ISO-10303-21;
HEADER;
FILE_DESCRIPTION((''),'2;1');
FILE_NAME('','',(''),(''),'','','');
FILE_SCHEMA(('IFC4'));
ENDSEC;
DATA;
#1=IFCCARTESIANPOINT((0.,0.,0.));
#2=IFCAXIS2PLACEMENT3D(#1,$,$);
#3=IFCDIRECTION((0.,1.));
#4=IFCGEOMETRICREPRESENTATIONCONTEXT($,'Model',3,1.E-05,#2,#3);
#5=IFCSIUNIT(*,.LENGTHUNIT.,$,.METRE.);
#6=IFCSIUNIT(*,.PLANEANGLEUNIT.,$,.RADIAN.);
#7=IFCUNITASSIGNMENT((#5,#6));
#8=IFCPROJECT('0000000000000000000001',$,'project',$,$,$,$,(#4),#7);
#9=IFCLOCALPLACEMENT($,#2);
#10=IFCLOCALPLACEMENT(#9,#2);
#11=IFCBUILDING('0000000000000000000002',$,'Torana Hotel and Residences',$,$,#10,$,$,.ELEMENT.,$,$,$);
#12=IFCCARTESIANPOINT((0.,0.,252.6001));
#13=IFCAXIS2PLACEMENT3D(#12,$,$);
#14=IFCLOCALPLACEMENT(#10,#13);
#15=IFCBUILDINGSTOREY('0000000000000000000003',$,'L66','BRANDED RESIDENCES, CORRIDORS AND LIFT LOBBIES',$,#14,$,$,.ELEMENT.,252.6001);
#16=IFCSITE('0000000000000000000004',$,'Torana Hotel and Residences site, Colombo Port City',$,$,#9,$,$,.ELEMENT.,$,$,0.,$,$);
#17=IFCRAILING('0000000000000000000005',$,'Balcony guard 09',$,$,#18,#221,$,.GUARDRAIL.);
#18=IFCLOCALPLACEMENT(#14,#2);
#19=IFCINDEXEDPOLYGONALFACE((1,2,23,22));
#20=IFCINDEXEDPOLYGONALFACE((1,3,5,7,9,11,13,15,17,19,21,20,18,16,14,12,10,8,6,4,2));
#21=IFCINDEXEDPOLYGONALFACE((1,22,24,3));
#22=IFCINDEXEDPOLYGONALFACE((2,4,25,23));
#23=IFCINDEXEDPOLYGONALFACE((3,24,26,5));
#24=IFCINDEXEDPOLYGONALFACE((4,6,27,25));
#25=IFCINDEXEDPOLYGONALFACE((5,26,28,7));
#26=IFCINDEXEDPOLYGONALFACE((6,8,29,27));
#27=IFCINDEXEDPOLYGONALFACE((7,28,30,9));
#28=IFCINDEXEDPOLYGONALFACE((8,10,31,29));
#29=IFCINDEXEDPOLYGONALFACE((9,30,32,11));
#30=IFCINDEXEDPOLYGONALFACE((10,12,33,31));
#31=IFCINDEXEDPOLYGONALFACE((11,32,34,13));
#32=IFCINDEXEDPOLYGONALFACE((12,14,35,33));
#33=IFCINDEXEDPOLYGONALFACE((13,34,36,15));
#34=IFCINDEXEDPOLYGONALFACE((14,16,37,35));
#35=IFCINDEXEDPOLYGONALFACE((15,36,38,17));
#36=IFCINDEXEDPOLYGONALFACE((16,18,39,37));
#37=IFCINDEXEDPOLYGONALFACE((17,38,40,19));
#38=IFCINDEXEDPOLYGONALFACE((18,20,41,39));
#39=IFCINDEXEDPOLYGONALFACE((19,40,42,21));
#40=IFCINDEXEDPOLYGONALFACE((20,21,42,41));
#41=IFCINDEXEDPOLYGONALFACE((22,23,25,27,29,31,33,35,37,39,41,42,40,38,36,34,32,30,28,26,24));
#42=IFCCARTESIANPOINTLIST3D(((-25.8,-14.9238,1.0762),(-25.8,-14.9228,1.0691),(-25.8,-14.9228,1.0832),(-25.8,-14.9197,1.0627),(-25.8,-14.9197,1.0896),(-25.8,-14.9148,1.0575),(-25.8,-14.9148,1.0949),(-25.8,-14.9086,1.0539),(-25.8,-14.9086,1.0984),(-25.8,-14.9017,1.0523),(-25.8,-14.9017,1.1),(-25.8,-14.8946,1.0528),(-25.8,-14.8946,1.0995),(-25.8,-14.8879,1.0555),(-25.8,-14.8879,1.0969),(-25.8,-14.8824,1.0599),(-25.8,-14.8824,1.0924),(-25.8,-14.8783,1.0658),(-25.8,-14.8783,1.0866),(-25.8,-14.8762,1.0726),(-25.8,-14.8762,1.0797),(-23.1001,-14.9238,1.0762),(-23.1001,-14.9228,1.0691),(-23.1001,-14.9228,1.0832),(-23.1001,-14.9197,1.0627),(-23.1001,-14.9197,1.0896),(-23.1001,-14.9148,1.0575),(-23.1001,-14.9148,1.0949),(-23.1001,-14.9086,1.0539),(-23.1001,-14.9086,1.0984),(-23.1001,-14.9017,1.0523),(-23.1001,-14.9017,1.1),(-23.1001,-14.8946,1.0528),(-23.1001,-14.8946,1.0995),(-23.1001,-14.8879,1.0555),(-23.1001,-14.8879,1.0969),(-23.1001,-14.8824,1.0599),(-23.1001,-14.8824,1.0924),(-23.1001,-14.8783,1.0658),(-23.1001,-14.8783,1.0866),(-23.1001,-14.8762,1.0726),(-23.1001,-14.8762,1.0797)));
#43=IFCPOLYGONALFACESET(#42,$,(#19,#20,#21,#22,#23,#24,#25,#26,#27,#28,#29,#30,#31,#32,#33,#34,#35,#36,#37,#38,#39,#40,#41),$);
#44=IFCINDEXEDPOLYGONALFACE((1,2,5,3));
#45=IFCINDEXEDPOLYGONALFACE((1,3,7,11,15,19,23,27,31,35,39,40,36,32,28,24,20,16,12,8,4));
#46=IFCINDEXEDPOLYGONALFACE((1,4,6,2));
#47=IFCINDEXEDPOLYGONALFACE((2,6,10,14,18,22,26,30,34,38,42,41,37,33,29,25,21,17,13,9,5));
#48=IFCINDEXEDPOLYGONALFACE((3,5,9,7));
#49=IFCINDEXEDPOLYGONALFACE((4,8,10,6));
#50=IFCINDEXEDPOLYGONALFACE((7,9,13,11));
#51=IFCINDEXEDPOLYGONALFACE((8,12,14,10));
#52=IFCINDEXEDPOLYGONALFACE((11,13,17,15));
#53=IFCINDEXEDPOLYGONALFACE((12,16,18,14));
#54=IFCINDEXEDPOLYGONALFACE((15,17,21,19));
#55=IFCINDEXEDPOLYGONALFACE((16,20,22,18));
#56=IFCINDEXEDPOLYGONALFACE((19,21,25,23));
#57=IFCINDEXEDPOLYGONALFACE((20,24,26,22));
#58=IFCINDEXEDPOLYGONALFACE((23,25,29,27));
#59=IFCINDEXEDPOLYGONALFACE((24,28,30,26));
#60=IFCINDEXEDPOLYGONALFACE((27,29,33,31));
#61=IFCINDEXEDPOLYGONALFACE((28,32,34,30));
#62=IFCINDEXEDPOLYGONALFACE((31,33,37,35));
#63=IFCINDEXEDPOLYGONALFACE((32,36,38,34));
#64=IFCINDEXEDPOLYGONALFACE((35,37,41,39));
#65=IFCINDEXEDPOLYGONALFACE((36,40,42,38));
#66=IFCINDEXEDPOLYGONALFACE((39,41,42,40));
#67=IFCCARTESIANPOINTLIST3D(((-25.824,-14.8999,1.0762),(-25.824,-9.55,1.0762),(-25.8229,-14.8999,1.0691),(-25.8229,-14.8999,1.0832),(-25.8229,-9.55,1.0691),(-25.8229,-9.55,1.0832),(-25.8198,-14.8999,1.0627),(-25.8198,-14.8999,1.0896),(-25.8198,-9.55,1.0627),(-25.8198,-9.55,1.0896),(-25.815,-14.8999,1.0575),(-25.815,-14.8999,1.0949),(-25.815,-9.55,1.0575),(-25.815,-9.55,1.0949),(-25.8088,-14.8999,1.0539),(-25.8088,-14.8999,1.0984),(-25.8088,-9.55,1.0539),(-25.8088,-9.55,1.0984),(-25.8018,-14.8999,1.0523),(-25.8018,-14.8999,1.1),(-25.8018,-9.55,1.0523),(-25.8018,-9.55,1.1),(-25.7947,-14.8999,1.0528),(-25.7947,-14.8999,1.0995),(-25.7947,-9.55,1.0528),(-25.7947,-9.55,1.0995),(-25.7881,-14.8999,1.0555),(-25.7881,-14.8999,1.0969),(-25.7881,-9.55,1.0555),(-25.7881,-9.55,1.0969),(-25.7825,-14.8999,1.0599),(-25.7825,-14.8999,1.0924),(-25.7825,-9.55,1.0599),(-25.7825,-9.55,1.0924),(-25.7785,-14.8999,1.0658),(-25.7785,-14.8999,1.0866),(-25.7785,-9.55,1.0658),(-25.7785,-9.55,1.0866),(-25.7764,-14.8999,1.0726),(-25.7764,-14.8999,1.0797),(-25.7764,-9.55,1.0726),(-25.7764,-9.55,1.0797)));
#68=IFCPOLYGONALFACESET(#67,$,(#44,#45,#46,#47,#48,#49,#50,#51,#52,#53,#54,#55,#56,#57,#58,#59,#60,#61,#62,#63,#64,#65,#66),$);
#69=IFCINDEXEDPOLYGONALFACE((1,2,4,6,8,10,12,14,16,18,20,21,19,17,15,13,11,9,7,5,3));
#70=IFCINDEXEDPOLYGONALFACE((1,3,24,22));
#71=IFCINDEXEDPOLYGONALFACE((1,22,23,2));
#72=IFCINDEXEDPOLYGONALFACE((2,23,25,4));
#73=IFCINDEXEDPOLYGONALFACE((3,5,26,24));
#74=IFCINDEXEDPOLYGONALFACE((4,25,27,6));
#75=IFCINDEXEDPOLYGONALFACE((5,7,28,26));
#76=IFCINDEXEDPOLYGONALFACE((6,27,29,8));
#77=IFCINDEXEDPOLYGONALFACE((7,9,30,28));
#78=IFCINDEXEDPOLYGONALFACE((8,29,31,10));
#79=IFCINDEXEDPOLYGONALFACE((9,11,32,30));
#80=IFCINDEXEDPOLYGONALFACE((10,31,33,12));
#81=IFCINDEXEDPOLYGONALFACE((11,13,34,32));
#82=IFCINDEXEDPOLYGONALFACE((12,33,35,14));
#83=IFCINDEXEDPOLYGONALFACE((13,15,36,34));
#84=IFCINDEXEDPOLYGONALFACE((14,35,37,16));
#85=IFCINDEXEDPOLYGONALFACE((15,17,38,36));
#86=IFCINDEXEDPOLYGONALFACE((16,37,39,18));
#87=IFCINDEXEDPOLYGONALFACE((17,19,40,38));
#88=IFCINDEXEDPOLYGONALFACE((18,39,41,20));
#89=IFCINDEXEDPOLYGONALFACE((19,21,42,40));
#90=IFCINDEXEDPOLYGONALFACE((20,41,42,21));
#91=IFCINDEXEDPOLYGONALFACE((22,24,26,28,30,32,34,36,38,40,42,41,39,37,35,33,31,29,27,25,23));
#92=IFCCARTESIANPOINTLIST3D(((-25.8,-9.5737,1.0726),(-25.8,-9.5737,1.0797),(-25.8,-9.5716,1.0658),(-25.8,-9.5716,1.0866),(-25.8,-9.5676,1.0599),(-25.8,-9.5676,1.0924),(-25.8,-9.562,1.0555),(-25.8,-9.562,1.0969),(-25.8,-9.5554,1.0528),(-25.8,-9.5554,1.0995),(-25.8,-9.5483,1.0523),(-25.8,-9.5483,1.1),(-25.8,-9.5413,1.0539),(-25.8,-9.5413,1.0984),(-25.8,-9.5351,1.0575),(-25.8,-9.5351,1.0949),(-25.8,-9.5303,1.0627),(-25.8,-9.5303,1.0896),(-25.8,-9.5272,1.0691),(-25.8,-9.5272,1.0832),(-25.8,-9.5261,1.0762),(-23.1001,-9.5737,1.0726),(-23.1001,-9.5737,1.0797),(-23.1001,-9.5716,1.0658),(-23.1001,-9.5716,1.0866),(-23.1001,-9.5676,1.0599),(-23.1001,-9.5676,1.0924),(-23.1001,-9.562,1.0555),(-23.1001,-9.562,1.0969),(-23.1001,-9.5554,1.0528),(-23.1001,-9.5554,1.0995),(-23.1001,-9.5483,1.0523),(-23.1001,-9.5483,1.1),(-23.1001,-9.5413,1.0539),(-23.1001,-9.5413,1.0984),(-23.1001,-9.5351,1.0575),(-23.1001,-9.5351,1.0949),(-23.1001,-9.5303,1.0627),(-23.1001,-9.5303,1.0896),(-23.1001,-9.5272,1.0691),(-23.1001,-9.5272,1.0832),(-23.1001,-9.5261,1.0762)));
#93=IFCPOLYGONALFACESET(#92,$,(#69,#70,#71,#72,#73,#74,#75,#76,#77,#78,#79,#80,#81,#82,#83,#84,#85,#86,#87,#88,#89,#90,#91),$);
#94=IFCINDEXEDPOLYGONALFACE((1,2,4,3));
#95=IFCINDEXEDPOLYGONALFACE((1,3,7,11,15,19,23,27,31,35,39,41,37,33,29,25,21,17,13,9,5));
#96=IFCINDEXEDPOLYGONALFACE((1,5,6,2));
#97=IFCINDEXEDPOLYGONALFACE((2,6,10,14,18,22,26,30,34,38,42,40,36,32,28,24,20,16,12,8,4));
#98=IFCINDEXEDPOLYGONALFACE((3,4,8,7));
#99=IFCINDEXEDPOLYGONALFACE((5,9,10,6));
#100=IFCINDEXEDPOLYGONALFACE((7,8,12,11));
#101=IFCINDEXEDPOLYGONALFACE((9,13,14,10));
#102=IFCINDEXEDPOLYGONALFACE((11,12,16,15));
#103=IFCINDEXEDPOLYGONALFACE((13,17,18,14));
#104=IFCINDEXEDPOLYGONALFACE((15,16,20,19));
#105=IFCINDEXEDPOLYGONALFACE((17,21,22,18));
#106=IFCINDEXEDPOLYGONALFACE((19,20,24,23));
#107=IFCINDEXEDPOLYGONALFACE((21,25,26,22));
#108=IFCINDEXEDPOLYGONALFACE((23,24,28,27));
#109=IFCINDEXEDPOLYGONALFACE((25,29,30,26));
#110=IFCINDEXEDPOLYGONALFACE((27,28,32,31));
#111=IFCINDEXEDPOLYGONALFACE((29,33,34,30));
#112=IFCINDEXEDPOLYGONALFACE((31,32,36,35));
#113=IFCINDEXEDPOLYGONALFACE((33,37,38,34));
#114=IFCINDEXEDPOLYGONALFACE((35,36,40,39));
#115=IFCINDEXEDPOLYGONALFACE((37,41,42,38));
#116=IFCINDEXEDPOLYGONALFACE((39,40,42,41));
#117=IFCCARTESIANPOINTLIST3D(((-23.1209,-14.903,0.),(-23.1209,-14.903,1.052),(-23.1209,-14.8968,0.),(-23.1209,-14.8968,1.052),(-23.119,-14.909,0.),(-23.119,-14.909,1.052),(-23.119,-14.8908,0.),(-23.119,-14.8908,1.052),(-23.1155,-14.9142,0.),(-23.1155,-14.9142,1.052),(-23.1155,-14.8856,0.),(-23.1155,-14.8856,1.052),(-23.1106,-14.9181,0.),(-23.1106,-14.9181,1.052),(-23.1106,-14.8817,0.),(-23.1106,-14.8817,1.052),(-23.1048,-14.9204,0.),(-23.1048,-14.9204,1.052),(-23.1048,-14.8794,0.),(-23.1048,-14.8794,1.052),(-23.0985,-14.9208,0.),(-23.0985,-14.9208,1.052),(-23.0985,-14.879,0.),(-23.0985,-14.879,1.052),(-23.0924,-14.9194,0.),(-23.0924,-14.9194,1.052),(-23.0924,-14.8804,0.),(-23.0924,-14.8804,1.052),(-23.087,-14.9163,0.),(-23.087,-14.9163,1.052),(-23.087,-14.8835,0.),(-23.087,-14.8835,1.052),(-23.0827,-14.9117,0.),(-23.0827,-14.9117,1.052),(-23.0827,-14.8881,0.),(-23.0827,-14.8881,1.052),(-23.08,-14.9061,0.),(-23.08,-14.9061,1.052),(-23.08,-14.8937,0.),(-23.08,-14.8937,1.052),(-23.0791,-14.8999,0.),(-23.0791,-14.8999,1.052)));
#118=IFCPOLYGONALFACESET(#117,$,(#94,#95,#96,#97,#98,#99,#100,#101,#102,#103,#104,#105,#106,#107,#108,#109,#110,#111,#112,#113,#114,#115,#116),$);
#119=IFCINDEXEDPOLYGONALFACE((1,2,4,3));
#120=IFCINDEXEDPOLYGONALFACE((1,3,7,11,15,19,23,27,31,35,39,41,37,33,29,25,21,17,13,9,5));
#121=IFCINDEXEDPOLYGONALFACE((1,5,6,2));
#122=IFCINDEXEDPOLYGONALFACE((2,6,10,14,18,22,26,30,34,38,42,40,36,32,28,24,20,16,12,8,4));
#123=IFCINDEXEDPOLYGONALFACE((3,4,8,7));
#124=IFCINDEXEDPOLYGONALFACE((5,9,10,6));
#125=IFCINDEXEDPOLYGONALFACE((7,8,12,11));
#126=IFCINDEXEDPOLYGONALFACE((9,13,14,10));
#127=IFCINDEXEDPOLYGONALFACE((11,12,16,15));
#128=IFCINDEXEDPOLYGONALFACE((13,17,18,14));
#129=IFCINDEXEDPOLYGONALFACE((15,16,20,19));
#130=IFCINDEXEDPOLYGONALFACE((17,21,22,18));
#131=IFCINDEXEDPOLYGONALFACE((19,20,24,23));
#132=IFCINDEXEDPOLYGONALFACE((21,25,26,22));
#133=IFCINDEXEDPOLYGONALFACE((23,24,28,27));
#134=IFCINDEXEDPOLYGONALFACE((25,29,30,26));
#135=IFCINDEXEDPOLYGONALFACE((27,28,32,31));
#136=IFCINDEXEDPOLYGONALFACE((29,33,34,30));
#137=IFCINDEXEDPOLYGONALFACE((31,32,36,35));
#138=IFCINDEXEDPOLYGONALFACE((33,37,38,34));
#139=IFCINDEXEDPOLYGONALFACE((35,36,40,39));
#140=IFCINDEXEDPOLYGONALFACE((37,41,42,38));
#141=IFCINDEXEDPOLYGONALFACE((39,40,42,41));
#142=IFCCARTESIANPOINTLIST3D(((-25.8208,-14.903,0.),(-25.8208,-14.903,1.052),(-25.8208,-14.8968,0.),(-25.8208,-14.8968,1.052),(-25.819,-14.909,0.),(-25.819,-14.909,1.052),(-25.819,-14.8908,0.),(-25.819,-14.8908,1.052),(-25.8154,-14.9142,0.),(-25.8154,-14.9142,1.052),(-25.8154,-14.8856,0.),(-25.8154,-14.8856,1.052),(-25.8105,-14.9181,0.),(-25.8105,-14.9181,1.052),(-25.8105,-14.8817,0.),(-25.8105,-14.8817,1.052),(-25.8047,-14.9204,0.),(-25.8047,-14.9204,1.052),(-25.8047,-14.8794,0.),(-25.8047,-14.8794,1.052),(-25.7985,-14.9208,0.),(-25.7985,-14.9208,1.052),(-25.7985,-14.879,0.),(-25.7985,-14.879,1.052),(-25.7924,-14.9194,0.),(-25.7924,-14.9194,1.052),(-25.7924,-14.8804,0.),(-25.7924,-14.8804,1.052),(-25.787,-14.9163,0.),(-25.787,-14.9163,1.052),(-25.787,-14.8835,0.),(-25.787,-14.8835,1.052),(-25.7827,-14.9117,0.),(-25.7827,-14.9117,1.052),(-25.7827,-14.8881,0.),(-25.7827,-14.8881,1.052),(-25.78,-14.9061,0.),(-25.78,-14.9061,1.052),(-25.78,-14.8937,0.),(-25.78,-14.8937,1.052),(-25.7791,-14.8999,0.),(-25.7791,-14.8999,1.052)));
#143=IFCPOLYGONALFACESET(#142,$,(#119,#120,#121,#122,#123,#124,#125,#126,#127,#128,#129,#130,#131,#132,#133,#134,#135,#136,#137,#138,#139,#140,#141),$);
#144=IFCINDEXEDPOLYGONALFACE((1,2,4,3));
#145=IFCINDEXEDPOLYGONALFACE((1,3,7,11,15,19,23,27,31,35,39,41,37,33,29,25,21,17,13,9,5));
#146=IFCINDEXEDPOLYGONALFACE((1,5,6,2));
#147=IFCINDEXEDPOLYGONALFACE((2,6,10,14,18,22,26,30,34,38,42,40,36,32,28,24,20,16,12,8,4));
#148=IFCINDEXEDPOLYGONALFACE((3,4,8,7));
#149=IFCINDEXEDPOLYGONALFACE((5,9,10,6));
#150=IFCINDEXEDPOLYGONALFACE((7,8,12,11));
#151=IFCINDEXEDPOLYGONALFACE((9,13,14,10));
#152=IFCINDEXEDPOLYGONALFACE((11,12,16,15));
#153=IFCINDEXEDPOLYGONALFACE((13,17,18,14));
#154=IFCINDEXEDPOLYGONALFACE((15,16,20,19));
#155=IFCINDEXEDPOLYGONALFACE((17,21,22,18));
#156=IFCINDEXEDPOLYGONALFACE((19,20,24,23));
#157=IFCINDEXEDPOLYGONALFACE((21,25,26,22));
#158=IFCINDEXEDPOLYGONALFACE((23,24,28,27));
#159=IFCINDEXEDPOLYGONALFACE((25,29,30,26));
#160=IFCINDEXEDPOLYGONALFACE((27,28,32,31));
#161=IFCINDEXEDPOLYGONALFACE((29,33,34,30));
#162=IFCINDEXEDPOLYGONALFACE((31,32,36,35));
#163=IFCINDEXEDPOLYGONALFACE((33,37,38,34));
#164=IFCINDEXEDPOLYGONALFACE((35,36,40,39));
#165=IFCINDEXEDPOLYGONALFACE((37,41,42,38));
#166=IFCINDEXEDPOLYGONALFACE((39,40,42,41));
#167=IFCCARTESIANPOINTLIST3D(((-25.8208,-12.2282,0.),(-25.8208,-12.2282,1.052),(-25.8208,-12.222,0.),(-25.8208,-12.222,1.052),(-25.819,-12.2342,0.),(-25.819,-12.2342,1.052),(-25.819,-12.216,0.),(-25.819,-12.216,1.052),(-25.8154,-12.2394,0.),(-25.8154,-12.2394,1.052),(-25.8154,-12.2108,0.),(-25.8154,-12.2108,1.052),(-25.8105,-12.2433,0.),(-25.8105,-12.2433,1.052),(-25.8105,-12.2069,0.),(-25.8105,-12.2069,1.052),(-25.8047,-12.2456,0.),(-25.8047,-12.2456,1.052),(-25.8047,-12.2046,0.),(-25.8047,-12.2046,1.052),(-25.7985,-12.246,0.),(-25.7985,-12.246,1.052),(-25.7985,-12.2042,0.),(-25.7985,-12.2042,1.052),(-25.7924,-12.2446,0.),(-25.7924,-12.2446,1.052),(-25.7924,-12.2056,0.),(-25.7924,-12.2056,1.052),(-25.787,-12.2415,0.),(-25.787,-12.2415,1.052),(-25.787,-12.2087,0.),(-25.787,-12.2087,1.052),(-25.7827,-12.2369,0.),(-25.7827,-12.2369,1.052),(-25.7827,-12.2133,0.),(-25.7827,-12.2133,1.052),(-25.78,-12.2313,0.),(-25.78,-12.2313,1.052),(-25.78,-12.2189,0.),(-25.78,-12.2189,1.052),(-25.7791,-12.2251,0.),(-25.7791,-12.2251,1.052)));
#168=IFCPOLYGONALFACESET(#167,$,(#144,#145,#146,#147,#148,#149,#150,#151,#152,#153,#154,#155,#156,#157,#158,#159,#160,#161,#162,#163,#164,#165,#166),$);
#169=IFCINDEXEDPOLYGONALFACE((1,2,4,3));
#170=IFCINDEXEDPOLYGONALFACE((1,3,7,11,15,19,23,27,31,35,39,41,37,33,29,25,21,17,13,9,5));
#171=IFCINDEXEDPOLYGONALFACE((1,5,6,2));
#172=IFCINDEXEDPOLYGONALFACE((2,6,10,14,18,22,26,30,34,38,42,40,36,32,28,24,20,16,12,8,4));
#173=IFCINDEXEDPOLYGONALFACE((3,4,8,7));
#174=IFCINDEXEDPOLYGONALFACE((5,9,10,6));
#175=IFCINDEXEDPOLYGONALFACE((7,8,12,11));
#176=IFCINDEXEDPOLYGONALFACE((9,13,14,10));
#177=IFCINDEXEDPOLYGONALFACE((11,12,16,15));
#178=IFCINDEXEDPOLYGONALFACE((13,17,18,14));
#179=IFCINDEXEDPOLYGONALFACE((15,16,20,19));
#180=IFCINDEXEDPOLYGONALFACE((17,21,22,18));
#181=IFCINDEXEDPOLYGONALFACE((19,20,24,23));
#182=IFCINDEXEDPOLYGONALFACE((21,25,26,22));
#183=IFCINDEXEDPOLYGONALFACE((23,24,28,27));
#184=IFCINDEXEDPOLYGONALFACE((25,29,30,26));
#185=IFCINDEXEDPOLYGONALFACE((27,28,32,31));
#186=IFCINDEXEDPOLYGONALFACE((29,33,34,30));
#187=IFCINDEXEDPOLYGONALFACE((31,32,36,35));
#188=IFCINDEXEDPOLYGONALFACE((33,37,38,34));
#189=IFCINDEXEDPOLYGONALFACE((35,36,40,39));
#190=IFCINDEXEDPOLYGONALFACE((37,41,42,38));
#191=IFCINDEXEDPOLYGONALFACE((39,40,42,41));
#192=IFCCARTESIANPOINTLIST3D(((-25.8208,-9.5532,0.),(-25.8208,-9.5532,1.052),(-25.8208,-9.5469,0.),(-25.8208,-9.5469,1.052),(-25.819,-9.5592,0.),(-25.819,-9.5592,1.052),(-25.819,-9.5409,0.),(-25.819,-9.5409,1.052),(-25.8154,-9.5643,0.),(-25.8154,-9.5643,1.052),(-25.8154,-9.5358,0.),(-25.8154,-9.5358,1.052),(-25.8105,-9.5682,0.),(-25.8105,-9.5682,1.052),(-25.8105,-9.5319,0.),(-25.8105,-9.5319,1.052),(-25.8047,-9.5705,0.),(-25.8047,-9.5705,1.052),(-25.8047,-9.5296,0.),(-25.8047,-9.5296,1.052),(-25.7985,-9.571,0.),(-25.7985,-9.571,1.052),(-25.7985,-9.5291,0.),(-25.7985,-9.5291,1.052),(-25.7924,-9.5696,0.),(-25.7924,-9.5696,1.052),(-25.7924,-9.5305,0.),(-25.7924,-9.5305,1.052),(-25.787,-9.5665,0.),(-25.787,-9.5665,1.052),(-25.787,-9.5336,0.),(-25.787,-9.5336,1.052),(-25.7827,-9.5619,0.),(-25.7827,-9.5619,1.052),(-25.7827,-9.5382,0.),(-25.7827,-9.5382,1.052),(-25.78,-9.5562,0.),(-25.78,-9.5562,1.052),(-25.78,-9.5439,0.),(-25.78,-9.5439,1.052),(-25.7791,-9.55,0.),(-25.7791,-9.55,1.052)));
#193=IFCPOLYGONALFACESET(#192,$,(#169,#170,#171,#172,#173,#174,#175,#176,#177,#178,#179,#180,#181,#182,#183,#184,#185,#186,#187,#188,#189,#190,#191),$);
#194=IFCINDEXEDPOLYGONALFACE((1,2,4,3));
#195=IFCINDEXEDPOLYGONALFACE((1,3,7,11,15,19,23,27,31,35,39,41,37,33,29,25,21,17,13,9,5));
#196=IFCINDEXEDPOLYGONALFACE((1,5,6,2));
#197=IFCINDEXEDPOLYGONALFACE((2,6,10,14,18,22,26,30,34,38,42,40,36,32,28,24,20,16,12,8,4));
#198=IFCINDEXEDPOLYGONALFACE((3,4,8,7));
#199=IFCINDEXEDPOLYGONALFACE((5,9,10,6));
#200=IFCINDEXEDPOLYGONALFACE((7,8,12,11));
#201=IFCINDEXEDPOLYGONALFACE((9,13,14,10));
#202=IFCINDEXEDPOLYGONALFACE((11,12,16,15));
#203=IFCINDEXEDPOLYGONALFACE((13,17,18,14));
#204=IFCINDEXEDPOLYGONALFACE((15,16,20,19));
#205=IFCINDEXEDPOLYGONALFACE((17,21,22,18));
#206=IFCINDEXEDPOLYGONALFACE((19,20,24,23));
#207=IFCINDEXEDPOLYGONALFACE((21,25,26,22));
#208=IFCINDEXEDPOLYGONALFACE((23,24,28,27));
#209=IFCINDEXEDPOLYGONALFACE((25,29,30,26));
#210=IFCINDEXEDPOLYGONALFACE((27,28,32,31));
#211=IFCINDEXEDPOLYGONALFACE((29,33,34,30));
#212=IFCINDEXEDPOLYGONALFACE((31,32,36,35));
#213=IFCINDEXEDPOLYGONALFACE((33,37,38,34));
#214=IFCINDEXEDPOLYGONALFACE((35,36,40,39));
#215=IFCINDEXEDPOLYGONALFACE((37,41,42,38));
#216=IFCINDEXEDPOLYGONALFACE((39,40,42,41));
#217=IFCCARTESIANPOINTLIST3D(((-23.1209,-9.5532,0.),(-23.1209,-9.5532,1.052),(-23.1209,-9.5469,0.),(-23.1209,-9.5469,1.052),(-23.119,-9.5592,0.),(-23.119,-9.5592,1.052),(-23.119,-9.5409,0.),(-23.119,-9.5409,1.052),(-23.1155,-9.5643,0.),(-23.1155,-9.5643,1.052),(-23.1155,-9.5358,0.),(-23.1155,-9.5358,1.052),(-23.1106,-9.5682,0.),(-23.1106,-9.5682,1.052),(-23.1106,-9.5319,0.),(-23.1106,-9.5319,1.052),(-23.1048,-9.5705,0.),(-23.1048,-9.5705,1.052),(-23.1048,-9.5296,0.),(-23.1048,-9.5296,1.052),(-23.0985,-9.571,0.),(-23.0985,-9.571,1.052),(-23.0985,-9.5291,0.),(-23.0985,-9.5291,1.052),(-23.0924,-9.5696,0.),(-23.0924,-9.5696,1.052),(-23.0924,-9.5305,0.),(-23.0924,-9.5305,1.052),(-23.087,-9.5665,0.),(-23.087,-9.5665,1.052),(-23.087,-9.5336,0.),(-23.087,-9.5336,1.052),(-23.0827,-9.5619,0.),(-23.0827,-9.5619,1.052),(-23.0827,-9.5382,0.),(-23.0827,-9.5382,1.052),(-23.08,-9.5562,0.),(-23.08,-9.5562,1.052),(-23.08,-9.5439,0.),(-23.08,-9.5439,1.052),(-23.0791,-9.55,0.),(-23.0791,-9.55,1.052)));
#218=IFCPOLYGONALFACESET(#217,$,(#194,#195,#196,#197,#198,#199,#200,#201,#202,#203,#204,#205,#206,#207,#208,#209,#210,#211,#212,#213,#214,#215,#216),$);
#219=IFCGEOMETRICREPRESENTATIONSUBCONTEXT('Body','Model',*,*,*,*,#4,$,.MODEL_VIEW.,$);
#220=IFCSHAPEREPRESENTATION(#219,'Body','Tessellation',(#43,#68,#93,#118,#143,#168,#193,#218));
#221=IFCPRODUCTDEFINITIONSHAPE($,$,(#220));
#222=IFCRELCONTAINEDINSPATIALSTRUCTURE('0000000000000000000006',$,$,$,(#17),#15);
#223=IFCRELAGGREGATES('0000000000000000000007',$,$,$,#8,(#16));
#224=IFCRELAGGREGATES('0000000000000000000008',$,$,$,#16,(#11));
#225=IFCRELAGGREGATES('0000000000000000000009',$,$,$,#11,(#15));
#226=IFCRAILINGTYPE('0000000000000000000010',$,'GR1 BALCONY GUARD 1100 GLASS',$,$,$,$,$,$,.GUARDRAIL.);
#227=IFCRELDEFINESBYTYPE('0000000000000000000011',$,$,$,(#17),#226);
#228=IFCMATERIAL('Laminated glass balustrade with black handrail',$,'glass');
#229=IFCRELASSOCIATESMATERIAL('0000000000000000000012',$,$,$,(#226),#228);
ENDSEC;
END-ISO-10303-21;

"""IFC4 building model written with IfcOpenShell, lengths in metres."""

from ifc_helpers import new_model, si_unit, direction, frame, origin, origin_2d, place, context, subcontext, project, spatial, circle, extrude, material, type_object, element, save


model = new_model("IFC4")

# Units and contexts
model_context = context("Model", 3, precision=1e-05, world=origin(), true_north=direction((0.0, 1.0)))
body_context = subcontext(model_context, "Body", "Model", "MODEL_VIEW")
ifc_project = project(units=[si_unit("LENGTHUNIT", "METRE"), si_unit("PLANEANGLEUNIT", "RADIAN")], contexts=[model_context])

# Site, building, storey
site_placement = place(None, origin())
site = spatial("IfcSite", under=ifc_project, at=site_placement, Name="Torana Hotel and Residences site, Colombo Port City", CompositionType="ELEMENT", RefElevation=0.0)
building_placement = place(site_placement, origin())
building = spatial("IfcBuilding", under=site, at=building_placement, Name="Torana Hotel and Residences", CompositionType="ELEMENT")
storey_placement = place(building_placement, frame((0.0, 0.0, 252.6001)))
storey = spatial("IfcBuildingStorey", under=building, at=storey_placement, Name="L66", Description="BRANDED RESIDENCES, CORRIDORS AND LIFT LOBBIES", CompositionType="ELEMENT", Elevation=252.6001)

# Railing
ifc_material_1 = material(Name="Laminated glass balustrade with black handrail", Category="glass")
railing_type_1 = type_object("IfcRailingType", Name="GR1 BALCONY GUARD 1100 GLASS", PredefinedType="GUARDRAIL", material=ifc_material_1)
railing_1_placement = place(storey_placement, frame((-23.1001, -14.8999, 0.0)))
element("IfcRailing", 1, at=railing_1_placement, inside=storey, type_object=railing_type_1, Name="Balcony guard 09", PredefinedType="GUARDRAIL", context=body_context, shape_type="SweptSolid", body=[
    extrude(circle(Radius=0.0239, at=origin_2d()), frame((0.0, 0.0, 1.0762), z_axis=(-1.0, 0.0, 0.0), x_axis=(0.0, -1.0, 0.0)), (0.0, 0.0, 1.0), 2.7),
    extrude(circle(Radius=0.0239, at=origin_2d()), frame((-2.7, 0.0, 1.0762), z_axis=(0.0, 1.0, 0.0), x_axis=(-1.0, 0.0, 0.0)), (0.0, 0.0, 1.0), 5.3499),
    extrude(circle(Radius=0.0239, at=origin_2d()), frame((-2.7, 5.3499, 1.0762), z_axis=(1.0, 0.0, 0.0), x_axis=(0.0, 1.0, 0.0)), (0.0, 0.0, 1.0), 2.7),
    extrude(circle(Radius=0.021, at=origin_2d()), origin(), (0.0, 0.0, 1.0), 1.052),
    extrude(circle(Radius=0.021, at=origin_2d()), frame((-2.7, 0.0, 0.0)), (0.0, 0.0, 1.0), 1.052),
    extrude(circle(Radius=0.021, at=origin_2d()), frame((-2.7, 2.6748, 0.0)), (0.0, 0.0, 1.0), 1.052),
    extrude(circle(Radius=0.021, at=origin_2d()), frame((-2.7, 5.3499, 0.0)), (0.0, 0.0, 1.0), 1.052),
    extrude(circle(Radius=0.021, at=origin_2d()), frame((0.0, 5.3499, 0.0)), (0.0, 0.0, 1.0), 1.052),
])

save(model, "model.ifc")
